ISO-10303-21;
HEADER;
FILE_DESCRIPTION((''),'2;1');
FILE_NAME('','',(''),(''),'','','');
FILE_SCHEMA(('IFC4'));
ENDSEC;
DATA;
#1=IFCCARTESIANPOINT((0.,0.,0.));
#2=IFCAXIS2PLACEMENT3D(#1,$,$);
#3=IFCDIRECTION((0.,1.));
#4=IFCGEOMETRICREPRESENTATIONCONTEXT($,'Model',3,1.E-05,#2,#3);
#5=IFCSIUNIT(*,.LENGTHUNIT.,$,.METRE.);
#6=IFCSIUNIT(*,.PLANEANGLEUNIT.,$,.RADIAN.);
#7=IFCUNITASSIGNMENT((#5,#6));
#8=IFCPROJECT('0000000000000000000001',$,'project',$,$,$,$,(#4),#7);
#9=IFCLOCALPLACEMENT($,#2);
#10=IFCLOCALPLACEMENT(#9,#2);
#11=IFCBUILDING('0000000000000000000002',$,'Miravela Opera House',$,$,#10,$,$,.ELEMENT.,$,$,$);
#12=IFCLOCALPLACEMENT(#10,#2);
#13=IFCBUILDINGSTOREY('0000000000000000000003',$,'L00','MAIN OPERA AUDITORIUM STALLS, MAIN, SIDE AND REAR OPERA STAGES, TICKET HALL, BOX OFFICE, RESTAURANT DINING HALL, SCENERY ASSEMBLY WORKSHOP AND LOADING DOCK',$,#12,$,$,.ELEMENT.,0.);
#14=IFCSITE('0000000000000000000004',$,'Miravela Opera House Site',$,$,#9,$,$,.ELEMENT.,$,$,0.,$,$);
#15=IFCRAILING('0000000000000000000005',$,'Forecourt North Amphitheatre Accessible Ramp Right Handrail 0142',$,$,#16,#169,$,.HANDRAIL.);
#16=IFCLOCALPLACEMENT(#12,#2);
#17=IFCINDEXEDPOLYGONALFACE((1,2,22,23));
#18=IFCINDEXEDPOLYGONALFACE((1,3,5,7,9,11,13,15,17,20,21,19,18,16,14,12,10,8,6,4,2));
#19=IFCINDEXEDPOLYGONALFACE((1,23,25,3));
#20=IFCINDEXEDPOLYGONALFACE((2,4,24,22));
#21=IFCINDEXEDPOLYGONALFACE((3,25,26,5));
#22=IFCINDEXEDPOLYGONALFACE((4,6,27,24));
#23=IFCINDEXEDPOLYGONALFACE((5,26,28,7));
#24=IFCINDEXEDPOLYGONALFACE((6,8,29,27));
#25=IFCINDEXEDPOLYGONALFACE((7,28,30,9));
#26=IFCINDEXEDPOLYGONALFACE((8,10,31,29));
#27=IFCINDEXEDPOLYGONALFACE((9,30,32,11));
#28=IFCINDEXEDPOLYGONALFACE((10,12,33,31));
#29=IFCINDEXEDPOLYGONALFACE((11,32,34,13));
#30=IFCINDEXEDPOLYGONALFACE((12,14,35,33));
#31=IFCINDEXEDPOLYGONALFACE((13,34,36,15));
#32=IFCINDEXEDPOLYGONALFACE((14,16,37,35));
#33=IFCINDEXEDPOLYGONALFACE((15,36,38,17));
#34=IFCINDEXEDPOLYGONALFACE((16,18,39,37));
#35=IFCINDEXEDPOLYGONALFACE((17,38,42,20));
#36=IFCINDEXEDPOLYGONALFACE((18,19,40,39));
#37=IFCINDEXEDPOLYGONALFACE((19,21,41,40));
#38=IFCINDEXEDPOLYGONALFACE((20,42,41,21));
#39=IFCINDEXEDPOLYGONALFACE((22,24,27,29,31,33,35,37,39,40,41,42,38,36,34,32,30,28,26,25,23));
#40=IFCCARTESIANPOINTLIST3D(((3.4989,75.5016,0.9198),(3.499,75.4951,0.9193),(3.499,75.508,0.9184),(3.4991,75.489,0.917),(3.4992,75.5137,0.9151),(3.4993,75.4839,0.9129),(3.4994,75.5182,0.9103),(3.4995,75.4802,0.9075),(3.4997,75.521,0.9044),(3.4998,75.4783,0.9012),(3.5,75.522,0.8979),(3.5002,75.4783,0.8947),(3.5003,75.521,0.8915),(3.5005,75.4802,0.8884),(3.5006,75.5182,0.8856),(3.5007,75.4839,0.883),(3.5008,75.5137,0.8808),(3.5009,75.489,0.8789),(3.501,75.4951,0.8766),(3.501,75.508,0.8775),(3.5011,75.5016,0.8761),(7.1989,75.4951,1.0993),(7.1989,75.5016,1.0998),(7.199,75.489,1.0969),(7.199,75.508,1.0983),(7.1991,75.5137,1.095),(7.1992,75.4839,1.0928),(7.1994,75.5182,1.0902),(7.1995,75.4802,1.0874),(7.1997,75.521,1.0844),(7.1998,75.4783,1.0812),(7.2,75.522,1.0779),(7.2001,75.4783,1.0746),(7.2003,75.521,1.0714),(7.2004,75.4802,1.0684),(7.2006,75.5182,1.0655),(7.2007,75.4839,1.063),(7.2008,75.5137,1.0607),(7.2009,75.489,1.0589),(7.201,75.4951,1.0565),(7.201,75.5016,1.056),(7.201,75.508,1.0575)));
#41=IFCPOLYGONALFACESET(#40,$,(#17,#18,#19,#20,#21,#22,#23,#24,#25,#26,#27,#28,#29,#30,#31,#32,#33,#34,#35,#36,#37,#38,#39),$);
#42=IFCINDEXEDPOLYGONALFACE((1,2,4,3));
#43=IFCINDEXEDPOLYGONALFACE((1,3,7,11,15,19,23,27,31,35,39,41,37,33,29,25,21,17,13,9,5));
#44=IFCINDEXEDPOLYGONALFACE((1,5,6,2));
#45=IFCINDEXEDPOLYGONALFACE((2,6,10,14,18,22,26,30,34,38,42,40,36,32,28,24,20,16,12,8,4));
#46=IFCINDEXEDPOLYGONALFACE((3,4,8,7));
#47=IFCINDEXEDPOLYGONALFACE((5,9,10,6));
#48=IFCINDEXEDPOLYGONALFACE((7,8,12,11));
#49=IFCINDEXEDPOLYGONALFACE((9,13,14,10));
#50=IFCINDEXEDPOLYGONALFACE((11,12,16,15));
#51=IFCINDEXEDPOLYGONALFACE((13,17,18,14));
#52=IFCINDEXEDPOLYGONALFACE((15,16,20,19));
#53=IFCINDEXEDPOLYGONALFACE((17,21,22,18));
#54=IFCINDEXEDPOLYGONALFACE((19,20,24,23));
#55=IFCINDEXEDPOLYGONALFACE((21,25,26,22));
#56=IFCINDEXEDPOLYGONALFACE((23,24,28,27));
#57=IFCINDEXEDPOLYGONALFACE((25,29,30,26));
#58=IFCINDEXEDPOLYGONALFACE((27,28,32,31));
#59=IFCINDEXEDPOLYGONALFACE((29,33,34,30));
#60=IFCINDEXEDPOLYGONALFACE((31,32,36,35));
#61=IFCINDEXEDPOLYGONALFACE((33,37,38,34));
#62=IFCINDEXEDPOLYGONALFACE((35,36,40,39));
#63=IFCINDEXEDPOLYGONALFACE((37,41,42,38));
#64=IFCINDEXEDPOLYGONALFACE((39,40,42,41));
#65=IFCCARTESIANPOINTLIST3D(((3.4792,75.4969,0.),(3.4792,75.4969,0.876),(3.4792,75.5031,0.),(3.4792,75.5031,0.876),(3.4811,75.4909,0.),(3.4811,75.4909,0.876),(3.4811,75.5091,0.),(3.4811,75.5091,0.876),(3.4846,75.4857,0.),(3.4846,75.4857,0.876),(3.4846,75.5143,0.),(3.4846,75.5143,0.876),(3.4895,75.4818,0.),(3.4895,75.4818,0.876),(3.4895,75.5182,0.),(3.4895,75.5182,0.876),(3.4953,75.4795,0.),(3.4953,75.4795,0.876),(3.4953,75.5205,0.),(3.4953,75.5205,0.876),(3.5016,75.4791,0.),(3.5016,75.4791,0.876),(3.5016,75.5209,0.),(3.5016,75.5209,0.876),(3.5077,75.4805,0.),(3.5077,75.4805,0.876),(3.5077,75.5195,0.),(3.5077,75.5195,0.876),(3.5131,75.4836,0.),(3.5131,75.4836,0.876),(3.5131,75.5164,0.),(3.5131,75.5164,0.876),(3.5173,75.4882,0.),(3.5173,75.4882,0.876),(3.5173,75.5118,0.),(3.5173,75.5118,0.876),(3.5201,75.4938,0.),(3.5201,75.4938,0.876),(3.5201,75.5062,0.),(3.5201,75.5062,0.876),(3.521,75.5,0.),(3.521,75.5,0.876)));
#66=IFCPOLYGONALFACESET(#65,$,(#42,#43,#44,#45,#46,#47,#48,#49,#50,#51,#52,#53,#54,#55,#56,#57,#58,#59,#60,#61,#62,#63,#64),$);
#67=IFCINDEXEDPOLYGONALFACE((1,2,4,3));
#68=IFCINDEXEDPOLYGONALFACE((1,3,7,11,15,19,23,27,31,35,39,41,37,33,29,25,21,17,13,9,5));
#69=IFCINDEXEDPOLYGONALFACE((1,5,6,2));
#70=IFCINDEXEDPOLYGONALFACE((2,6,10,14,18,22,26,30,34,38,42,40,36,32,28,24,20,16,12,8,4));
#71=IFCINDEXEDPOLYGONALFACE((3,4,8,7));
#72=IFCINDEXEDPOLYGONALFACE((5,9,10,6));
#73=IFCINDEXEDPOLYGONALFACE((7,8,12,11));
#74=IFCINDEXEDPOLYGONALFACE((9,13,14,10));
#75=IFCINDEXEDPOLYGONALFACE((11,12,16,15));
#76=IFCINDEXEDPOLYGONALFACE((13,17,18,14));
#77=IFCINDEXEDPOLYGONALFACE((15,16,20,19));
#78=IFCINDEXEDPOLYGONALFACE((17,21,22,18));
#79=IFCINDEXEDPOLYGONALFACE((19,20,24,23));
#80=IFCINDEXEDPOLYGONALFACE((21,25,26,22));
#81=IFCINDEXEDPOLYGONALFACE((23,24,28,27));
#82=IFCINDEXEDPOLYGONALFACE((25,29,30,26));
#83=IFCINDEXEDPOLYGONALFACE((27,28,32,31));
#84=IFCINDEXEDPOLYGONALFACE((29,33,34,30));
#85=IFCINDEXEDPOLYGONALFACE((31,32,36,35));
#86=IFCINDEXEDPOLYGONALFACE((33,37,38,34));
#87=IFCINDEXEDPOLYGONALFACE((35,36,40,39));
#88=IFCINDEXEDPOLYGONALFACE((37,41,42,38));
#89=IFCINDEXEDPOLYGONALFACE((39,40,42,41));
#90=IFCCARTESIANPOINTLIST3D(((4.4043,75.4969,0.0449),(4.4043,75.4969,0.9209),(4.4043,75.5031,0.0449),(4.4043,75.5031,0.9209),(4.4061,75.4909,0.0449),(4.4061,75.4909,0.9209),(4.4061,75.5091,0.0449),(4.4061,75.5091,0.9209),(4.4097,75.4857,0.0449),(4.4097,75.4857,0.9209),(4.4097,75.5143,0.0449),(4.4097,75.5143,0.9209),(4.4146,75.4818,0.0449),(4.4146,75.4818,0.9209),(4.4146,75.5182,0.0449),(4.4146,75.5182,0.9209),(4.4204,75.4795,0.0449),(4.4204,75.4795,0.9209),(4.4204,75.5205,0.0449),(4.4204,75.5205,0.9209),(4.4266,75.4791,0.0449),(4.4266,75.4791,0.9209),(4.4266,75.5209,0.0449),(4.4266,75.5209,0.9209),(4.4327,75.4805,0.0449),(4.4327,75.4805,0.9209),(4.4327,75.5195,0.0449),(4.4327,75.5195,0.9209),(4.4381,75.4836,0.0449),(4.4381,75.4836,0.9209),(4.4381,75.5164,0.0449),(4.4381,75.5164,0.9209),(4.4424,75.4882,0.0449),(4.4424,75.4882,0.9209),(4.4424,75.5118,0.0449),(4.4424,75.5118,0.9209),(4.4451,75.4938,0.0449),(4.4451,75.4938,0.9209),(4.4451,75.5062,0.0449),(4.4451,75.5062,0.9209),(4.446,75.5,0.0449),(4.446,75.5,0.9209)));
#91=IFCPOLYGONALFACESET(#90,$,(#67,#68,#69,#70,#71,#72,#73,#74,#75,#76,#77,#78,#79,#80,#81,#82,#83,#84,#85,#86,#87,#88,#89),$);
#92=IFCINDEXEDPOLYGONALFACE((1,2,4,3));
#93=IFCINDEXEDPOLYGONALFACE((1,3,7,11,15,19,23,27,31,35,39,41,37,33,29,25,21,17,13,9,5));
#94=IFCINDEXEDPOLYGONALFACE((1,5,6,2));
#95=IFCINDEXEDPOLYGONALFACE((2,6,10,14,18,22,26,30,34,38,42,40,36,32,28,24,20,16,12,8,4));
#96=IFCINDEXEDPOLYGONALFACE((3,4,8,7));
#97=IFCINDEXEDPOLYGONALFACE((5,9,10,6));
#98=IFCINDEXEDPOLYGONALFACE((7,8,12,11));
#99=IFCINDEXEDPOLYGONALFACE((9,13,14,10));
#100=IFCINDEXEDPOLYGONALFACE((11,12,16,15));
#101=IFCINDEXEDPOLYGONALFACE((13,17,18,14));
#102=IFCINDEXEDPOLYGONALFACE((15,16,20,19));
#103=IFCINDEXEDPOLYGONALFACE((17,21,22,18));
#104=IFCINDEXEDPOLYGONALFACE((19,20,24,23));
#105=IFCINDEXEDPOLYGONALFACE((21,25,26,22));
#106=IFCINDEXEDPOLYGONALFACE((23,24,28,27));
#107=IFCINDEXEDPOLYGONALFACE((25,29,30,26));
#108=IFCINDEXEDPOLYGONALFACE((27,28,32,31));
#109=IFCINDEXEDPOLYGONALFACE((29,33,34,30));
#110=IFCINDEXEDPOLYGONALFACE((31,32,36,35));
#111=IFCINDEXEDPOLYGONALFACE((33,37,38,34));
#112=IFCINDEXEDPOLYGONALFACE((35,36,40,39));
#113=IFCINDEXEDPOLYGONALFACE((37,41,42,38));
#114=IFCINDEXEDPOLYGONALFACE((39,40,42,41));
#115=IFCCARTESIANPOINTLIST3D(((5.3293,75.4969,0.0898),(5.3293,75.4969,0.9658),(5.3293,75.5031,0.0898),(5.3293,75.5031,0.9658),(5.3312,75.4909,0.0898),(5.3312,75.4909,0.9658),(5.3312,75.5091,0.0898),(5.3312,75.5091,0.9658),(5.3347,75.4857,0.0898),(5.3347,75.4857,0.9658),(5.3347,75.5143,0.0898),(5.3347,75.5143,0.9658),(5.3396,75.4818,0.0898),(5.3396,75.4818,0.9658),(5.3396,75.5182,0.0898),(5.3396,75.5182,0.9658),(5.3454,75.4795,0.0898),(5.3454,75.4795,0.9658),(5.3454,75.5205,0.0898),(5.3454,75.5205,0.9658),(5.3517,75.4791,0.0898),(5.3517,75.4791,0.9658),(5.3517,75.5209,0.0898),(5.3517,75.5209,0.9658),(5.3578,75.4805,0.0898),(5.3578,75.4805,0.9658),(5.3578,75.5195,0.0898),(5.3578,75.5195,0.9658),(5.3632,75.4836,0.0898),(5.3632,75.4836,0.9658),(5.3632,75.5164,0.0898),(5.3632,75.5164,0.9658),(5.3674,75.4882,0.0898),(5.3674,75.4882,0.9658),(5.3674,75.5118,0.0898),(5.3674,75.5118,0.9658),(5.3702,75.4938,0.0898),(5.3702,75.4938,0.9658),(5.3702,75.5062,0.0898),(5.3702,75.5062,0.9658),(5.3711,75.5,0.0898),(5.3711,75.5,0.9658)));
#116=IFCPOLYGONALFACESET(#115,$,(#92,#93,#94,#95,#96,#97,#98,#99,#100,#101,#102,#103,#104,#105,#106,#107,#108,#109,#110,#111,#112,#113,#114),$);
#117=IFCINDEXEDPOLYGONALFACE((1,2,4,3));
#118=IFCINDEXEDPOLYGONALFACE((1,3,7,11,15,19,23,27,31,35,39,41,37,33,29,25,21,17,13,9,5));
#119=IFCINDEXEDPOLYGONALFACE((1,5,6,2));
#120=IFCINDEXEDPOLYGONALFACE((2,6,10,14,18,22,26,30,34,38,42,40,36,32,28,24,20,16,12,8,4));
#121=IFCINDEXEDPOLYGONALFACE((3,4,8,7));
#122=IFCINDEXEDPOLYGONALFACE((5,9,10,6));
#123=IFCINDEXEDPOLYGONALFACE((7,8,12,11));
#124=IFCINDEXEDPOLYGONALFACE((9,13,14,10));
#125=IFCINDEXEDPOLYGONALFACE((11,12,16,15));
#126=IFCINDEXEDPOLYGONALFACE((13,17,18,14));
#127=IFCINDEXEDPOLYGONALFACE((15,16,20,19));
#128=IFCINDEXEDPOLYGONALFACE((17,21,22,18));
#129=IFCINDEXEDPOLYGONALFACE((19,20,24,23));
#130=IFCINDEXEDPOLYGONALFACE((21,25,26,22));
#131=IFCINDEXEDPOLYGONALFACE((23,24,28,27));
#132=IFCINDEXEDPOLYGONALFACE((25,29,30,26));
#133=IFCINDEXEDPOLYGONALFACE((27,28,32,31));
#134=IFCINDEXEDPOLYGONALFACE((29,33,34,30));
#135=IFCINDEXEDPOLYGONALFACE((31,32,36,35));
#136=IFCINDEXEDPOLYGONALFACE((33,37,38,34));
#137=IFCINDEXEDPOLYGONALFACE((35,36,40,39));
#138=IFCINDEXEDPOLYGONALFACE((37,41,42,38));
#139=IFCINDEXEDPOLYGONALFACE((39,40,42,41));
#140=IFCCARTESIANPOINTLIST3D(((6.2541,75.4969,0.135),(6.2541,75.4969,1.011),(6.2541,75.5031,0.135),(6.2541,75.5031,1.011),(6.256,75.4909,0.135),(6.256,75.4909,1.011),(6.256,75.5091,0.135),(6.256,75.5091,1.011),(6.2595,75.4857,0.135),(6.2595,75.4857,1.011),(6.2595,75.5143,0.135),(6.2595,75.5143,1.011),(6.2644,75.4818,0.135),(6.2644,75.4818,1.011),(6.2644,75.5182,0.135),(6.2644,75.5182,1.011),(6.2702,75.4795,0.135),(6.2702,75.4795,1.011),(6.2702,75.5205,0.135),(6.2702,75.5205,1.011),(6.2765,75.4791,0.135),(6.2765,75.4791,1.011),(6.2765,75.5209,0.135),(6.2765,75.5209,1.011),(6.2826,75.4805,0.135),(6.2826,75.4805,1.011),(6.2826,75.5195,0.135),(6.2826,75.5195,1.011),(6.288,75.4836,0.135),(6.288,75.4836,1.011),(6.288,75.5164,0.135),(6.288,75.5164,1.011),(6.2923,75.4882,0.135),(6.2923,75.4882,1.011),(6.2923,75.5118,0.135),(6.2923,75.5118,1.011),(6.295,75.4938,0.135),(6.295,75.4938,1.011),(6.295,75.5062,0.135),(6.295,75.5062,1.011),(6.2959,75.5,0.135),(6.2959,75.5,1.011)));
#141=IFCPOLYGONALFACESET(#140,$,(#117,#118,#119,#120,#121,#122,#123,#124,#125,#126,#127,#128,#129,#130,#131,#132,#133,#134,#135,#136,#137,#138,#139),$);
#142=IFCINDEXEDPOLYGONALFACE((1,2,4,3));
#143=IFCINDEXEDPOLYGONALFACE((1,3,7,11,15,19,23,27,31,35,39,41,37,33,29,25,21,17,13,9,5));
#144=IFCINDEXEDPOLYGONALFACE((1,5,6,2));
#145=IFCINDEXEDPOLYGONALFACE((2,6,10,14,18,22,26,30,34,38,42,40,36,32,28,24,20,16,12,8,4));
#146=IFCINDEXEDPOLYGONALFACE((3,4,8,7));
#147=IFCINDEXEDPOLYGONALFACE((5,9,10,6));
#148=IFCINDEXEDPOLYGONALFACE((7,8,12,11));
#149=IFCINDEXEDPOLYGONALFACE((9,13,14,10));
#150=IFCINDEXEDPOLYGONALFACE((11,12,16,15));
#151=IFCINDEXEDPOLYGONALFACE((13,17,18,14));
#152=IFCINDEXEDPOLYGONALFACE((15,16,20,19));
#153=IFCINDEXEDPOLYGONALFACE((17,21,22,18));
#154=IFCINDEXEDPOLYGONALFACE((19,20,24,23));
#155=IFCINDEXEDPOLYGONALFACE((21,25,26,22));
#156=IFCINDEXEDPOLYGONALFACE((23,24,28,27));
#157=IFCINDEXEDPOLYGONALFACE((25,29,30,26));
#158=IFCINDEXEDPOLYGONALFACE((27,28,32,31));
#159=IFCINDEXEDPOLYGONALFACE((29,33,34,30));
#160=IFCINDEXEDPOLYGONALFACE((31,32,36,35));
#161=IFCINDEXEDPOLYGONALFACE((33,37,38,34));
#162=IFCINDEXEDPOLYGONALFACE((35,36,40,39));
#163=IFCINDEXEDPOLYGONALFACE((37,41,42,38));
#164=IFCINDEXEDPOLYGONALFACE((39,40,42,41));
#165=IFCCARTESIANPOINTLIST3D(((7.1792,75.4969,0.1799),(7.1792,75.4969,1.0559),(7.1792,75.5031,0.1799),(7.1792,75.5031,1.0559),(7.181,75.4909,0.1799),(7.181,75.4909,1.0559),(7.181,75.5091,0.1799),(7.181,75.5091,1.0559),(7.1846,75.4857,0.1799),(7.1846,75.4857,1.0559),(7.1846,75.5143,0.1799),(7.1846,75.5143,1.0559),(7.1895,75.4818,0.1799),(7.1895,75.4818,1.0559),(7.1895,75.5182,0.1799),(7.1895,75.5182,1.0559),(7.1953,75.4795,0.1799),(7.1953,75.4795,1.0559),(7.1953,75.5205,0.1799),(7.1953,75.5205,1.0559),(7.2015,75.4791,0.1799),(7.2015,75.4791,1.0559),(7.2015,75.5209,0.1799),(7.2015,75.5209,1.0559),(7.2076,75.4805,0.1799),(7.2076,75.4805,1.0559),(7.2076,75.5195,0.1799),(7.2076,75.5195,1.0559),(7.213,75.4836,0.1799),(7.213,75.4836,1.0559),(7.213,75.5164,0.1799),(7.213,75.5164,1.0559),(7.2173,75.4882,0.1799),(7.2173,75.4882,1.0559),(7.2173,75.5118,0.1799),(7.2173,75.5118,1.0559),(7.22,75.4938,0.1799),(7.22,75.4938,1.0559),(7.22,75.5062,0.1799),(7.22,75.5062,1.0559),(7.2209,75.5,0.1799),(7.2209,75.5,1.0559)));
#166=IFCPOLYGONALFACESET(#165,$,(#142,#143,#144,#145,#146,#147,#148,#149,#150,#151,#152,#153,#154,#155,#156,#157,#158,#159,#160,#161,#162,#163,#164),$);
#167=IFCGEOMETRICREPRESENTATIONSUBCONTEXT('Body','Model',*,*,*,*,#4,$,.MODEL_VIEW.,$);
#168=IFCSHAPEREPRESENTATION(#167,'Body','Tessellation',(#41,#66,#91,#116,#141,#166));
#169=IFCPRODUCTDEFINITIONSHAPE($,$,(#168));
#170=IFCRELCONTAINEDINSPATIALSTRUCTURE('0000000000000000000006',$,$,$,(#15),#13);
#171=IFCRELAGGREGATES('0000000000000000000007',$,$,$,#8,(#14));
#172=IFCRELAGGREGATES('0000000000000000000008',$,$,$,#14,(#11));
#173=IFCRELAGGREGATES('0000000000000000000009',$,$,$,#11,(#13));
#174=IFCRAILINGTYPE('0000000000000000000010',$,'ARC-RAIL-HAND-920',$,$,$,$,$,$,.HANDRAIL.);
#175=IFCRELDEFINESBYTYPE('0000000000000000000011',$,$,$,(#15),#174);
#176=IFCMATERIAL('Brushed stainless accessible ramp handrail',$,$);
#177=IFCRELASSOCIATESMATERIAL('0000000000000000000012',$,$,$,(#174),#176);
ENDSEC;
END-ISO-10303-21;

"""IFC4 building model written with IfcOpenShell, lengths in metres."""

from ifc_helpers import new_model, si_unit, direction, frame, origin, origin_2d, place, context, subcontext, project, spatial, circle, extrude, material, type_object, element, save


model = new_model("IFC4")

# Units and contexts
model_context = context("Model", 3, precision=1e-05, world=origin(), true_north=direction((0.0, 1.0)))
body_context = subcontext(model_context, "Body", "Model", "MODEL_VIEW")
ifc_project = project(units=[si_unit("LENGTHUNIT", "METRE"), si_unit("PLANEANGLEUNIT", "RADIAN")], contexts=[model_context])

# Site, building, storey
site_placement = place(None, origin())
site = spatial("IfcSite", under=ifc_project, at=site_placement, Name="Miravela Opera House Site", CompositionType="ELEMENT", RefElevation=0.0)
building_placement = place(site_placement, origin())
building = spatial("IfcBuilding", under=site, at=building_placement, Name="Miravela Opera House", CompositionType="ELEMENT")
storey_placement = place(building_placement, origin())
storey = spatial("IfcBuildingStorey", under=building, at=storey_placement, Name="L00", Description="MAIN OPERA AUDITORIUM STALLS, MAIN, SIDE AND REAR OPERA STAGES, TICKET HALL, BOX OFFICE, RESTAURANT DINING HALL, SCENERY ASSEMBLY WORKSHOP AND LOADING DOCK", CompositionType="ELEMENT", Elevation=0.0)

# Railing
ifc_material_1 = material(Name="Brushed stainless accessible ramp handrail")
railing_type = type_object("IfcRailingType", Name="ARC-RAIL-HAND-920", PredefinedType="HANDRAIL", material=ifc_material_1)
for number, where, name in (
    (1, (3.5, 75.5, 0.0), "Forecourt North Amphitheatre Accessible Ramp Right Handrail 0142"),
):
    element("IfcRailing", number, at=place(storey_placement, frame(where)), inside=storey, type_object=railing_type, Name=name, PredefinedType="HANDRAIL", context=body_context, shape_type="SweptSolid", body=[
        extrude(circle(Radius=0.022, at=origin_2d()), frame((0.0, 0.0, 0.8979), z_axis=(0.99882, 0.0, 0.048573), x_axis=(0.0, 1.0, 0.0)), (0.0, 0.0, 1.0), 3.7043),
        extrude(circle(Radius=0.021, at=origin_2d()), origin(), (0.0, 0.0, 1.0), 0.876),
        extrude(circle(Radius=0.021, at=origin_2d()), frame((0.925, 0.0, 0.0449)), (0.0, 0.0, 1.0), 0.876),
        extrude(circle(Radius=0.021, at=origin_2d()), frame((1.8501, 0.0, 0.0898)), (0.0, 0.0, 1.0), 0.876),
        extrude(circle(Radius=0.021, at=origin_2d()), frame((2.7749, 0.0, 0.135)), (0.0, 0.0, 1.0), 0.876),
        extrude(circle(Radius=0.021, at=origin_2d()), frame((3.7, 0.0, 0.1799)), (0.0, 0.0, 1.0), 0.876),
    ])

save(model, "model.ifc")
